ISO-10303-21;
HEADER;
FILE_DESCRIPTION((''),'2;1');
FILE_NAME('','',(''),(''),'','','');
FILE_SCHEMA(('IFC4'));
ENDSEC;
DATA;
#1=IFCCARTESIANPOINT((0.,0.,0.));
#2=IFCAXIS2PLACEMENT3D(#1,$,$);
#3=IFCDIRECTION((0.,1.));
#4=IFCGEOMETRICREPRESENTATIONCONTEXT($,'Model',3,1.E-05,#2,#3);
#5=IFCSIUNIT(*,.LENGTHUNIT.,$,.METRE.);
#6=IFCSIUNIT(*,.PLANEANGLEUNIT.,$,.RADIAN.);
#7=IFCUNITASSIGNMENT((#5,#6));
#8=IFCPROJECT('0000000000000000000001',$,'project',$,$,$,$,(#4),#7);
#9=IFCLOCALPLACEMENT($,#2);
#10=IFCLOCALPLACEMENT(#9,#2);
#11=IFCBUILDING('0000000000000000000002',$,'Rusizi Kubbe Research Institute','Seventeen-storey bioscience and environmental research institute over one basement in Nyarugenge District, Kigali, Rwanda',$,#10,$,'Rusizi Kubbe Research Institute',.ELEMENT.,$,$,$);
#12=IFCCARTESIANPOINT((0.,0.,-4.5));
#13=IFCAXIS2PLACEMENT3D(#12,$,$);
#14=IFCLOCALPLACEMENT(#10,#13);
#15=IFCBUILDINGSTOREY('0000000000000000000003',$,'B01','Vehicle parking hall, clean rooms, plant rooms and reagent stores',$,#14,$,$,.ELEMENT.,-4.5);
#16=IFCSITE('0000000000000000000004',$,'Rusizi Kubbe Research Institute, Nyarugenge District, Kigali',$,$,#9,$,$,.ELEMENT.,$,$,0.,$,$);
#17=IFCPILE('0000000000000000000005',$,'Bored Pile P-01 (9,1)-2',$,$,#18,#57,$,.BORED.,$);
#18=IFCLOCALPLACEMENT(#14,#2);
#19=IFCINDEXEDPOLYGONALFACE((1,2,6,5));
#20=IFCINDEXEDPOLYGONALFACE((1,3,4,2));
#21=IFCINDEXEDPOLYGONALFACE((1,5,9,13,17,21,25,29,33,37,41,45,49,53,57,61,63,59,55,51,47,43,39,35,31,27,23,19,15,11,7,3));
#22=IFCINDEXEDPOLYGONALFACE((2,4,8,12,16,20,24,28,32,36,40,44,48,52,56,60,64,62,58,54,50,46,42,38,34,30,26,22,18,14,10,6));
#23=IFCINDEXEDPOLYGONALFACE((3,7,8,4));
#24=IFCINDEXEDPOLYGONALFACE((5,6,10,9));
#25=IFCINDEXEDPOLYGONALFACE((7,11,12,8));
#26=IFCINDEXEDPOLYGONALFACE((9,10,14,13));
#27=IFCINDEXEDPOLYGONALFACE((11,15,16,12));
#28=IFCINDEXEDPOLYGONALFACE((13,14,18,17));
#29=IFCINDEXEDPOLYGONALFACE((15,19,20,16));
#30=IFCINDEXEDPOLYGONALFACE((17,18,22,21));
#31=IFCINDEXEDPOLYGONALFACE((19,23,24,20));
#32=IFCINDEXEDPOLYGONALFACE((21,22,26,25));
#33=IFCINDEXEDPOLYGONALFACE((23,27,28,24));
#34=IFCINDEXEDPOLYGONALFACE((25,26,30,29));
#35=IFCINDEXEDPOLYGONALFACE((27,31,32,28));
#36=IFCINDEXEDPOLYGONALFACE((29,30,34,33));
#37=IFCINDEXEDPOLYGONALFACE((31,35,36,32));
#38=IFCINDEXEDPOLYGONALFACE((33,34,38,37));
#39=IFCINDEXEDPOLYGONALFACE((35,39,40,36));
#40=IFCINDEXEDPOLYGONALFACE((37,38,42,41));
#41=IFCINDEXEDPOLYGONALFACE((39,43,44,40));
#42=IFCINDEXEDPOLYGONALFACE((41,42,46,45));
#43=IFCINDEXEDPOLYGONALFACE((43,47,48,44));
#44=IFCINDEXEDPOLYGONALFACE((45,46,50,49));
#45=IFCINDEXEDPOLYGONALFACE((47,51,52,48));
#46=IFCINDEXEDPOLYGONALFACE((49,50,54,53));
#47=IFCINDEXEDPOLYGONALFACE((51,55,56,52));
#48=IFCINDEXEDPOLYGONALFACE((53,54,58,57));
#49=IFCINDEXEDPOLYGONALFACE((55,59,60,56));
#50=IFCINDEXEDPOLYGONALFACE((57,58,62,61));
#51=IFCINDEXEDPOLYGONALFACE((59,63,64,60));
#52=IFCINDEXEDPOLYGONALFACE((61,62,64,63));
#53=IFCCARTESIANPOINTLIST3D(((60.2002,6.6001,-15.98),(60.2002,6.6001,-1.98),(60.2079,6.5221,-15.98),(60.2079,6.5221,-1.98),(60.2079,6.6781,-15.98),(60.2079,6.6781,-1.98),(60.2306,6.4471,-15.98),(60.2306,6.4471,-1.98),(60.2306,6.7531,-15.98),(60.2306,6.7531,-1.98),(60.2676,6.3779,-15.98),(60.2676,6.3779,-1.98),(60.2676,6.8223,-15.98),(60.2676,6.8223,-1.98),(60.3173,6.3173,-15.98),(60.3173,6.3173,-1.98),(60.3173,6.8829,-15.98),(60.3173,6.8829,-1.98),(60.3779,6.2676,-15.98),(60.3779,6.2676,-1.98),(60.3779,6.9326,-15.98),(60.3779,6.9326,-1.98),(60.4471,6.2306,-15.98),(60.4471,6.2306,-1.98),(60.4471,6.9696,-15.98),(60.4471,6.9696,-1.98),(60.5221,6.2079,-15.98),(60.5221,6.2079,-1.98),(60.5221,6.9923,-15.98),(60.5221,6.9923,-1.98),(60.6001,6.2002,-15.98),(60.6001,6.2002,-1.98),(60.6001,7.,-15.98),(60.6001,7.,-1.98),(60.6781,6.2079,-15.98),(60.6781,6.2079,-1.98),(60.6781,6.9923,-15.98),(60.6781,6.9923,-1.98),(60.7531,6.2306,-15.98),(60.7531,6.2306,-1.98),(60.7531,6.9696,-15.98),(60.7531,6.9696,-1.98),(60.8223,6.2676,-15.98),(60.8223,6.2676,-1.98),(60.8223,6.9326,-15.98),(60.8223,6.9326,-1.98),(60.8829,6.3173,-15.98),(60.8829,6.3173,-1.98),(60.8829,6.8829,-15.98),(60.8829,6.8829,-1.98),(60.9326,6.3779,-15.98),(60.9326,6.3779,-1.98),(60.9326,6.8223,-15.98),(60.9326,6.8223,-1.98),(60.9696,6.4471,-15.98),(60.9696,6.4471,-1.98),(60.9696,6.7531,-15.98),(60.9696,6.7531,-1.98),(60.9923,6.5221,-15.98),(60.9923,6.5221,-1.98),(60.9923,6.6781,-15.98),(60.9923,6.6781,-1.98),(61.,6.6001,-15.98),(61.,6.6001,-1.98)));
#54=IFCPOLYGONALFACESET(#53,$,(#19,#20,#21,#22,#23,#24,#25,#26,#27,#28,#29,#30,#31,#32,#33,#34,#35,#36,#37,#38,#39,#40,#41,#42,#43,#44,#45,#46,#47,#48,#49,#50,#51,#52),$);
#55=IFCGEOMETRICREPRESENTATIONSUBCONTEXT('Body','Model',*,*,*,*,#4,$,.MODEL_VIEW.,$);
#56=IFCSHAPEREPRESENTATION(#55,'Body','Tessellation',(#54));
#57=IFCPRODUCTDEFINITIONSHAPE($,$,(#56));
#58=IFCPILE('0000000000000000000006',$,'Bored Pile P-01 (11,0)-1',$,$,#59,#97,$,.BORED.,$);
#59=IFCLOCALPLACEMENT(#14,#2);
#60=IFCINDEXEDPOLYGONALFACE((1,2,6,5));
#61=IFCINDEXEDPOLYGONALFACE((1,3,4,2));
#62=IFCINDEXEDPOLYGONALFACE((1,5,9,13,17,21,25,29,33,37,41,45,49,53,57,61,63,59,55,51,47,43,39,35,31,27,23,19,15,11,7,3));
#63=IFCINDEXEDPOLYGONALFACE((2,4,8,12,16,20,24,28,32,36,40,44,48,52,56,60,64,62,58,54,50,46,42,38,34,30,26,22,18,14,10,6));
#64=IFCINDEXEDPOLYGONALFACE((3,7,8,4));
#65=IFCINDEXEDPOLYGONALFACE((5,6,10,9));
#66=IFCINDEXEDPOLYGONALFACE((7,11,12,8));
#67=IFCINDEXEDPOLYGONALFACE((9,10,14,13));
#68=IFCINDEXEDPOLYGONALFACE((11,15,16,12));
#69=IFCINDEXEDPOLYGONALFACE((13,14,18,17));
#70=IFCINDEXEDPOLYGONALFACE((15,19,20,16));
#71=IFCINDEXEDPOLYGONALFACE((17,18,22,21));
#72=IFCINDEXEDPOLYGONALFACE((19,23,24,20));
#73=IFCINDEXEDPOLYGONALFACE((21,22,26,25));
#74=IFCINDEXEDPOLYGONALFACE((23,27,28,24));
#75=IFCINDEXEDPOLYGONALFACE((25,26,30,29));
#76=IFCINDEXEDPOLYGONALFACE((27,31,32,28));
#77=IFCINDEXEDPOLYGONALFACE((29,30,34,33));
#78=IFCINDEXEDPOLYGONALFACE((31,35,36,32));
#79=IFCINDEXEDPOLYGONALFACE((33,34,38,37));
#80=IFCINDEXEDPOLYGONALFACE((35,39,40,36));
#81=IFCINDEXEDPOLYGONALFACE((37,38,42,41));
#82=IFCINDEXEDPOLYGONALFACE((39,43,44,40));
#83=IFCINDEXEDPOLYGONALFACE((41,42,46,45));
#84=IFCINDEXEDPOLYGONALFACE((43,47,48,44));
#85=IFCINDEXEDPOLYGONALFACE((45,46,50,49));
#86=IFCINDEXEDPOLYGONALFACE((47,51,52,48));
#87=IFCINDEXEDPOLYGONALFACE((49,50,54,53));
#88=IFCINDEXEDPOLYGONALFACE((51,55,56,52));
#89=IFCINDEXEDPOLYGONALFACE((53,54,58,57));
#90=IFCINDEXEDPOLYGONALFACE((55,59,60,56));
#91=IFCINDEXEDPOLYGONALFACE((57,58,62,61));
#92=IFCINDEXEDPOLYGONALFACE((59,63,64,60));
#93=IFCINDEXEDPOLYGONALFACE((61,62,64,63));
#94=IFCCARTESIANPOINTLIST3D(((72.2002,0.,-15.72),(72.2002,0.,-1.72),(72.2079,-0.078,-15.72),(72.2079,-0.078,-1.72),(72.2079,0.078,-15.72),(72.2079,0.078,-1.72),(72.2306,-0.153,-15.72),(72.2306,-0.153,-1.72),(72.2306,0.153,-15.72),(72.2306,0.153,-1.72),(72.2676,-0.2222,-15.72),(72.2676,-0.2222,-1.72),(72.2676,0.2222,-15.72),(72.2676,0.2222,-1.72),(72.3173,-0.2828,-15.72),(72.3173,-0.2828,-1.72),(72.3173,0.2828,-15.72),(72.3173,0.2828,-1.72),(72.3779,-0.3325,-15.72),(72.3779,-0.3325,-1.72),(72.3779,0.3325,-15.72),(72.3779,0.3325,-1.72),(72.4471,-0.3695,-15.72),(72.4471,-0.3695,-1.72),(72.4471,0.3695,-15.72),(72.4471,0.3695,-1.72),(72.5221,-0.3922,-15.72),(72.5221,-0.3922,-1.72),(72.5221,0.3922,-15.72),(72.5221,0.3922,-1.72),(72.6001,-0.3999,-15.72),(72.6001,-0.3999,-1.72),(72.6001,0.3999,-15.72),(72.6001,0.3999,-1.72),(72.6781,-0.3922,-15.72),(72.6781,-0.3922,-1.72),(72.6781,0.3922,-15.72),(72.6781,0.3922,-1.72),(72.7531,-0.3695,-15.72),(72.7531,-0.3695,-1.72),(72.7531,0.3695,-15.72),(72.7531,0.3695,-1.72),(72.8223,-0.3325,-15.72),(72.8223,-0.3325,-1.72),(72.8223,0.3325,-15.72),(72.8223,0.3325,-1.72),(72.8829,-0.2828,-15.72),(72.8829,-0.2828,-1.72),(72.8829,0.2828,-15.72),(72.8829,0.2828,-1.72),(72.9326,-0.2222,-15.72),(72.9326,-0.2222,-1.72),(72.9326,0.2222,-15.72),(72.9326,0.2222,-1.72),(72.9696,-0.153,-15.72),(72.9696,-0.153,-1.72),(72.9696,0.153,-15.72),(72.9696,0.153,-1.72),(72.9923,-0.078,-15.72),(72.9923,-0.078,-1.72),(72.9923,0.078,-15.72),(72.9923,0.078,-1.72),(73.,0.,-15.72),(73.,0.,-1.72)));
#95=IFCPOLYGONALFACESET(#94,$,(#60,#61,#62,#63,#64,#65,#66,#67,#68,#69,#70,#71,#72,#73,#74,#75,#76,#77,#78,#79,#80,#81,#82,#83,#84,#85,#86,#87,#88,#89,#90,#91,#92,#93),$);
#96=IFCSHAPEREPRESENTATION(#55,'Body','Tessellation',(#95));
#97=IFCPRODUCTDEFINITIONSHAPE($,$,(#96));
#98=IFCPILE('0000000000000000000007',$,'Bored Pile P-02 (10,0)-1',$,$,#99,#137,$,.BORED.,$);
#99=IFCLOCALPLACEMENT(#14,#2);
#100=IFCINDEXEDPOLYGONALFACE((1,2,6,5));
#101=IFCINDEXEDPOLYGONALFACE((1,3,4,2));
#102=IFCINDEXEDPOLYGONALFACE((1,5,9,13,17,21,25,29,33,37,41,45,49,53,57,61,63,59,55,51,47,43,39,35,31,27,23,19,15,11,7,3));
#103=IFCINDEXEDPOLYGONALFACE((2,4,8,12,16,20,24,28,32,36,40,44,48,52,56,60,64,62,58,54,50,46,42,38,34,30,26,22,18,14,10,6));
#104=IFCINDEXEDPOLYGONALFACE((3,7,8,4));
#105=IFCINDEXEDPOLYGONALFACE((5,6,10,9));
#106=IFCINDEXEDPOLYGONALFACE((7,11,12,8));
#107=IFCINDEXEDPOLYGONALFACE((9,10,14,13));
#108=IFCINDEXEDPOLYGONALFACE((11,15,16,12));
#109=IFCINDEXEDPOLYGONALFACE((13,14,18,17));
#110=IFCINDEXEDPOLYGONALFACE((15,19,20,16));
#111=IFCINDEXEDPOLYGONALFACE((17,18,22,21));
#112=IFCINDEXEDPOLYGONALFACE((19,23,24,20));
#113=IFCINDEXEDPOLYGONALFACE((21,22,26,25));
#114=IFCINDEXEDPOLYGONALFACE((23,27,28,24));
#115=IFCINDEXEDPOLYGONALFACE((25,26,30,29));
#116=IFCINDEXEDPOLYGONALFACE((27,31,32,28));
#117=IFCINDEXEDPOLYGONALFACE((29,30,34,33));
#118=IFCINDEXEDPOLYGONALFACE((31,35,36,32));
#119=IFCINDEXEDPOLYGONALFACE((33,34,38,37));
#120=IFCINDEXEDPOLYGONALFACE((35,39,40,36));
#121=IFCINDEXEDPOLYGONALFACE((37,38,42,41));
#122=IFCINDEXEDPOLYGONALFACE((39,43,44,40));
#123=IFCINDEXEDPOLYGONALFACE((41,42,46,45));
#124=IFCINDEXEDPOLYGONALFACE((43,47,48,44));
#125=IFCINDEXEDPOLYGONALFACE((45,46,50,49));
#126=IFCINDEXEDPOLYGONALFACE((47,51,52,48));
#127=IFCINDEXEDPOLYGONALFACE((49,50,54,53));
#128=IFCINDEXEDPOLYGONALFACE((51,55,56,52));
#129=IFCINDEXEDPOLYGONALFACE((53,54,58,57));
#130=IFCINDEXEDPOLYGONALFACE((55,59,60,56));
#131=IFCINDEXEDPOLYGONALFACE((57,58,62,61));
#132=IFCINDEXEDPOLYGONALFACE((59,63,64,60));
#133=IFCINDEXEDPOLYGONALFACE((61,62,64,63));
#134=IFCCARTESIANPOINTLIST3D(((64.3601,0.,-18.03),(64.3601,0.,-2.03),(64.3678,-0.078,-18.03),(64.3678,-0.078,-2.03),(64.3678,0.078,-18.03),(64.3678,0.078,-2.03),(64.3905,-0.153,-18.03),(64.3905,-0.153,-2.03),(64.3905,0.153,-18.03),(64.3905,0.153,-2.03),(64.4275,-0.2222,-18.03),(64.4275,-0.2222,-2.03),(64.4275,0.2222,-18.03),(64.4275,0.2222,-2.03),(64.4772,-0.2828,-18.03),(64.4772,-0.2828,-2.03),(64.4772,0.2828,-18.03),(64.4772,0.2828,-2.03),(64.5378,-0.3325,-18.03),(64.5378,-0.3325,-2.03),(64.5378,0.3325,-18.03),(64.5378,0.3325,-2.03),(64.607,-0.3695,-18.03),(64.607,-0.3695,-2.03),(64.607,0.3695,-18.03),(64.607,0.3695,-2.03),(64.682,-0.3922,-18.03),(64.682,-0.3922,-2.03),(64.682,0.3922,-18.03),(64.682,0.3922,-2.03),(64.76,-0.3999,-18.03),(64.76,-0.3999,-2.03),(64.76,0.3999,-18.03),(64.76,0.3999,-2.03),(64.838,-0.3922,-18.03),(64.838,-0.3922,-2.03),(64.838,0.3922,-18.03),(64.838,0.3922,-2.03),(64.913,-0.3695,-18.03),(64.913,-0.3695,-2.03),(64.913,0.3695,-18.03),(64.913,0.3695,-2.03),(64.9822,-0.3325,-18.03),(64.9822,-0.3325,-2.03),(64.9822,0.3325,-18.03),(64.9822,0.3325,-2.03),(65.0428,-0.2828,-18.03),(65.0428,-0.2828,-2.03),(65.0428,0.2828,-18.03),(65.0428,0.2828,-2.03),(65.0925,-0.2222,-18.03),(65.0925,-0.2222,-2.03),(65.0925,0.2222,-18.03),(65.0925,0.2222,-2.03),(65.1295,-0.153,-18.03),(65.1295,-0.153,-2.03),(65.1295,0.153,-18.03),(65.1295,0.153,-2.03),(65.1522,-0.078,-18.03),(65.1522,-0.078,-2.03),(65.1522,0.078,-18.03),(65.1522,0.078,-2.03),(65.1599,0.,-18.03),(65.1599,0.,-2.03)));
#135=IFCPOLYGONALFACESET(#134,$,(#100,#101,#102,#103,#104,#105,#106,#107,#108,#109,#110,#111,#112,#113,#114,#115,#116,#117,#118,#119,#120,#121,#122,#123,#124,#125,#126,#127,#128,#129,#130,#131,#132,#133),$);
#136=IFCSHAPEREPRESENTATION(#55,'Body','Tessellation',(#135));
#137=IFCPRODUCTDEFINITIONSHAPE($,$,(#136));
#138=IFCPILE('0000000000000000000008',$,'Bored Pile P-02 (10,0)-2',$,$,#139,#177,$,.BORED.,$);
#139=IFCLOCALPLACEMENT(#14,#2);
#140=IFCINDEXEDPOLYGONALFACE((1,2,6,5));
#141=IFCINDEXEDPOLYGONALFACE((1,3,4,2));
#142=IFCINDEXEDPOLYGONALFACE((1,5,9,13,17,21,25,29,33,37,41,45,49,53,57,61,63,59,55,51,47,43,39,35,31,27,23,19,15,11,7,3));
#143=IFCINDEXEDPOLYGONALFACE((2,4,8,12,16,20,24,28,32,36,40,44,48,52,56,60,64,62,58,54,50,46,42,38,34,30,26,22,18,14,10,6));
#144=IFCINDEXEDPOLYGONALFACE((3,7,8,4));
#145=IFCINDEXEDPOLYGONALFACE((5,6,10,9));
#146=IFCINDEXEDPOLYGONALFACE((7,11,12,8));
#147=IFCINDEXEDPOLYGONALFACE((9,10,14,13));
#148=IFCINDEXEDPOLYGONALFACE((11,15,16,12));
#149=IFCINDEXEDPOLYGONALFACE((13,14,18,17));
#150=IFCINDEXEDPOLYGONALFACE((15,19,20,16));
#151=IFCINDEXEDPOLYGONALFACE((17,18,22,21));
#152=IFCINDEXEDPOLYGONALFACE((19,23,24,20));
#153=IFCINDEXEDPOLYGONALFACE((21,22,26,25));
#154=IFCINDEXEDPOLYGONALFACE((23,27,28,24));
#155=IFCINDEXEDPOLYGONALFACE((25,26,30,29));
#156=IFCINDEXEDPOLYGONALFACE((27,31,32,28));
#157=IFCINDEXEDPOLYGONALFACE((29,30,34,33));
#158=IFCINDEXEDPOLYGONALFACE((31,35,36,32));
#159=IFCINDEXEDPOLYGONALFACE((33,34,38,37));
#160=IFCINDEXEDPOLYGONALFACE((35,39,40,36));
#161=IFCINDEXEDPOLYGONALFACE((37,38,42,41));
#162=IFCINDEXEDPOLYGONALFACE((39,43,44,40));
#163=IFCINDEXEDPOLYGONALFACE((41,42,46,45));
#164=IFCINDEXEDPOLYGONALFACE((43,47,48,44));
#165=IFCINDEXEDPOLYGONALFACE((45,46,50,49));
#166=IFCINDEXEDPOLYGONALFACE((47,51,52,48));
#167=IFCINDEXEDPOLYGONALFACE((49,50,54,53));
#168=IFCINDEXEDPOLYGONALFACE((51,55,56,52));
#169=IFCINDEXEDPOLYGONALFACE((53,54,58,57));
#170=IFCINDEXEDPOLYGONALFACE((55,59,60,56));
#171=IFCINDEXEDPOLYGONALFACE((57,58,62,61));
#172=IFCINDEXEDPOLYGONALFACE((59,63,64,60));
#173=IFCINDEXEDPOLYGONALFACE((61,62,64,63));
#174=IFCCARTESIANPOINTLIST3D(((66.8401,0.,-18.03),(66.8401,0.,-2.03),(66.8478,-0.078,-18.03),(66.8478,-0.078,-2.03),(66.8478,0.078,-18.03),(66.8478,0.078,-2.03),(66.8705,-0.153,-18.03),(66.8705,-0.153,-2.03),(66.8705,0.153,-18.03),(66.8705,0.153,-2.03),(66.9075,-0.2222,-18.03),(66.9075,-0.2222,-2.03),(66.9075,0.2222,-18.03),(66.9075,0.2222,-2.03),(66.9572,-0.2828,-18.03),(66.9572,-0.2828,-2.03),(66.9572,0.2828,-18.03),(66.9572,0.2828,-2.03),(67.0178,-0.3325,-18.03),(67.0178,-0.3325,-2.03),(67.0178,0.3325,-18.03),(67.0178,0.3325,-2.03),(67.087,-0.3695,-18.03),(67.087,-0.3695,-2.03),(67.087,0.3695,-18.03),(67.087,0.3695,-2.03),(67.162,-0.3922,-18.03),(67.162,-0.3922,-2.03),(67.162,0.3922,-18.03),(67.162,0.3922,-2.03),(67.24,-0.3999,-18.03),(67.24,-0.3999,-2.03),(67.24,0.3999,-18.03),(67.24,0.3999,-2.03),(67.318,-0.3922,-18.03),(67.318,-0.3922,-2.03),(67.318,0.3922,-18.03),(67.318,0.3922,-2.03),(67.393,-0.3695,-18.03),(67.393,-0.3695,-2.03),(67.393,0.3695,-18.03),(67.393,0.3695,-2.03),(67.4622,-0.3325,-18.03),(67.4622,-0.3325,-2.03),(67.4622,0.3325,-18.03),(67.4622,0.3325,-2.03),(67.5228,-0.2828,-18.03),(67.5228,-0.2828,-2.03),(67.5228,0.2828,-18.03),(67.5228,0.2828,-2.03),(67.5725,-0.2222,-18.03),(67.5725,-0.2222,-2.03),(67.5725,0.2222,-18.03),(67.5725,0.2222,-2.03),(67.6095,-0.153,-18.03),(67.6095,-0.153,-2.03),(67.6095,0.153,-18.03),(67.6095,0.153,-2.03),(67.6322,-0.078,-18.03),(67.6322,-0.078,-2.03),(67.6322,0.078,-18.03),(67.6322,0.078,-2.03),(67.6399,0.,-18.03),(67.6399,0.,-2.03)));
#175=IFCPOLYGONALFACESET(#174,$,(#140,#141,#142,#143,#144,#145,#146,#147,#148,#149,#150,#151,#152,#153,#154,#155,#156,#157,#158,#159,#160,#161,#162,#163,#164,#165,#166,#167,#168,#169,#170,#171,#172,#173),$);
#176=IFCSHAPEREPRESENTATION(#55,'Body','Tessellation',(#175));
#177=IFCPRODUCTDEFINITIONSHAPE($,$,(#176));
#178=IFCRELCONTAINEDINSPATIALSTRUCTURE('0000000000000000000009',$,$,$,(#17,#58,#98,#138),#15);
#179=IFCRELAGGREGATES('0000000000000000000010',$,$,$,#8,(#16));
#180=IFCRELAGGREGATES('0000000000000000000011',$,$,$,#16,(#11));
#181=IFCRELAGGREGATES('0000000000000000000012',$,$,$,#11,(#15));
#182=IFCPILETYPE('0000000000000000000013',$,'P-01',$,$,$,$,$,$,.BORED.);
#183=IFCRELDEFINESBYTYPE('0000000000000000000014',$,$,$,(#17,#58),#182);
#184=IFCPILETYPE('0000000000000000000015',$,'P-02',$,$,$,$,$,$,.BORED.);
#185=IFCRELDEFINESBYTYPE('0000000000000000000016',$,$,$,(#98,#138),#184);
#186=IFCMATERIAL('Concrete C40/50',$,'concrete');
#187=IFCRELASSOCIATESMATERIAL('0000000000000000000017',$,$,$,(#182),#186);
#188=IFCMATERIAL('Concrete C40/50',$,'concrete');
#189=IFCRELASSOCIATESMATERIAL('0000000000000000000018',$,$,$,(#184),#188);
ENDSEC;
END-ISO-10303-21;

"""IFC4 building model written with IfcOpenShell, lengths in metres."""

from ifc_helpers import new_model, si_unit, direction, frame, origin, origin_2d, place, context, subcontext, project, spatial, circle, extrude, material, material_profile, profile_set, type_object, element, save


model = new_model("IFC4")

# Units and contexts
model_context = context("Model", 3, precision=1e-05, world=origin(), true_north=direction((0.0, 1.0)))
body_context = subcontext(model_context, "Body", "Model", "MODEL_VIEW")
ifc_project = project(units=[si_unit("LENGTHUNIT", "METRE"), si_unit("PLANEANGLEUNIT", "RADIAN")], contexts=[model_context])

# Site, building, storey
site_placement = place(None, origin())
site = spatial("IfcSite", under=ifc_project, at=site_placement, Name="Rusizi Kubbe Research Institute, Nyarugenge District, Kigali", CompositionType="ELEMENT", RefElevation=0.0)
building_placement = place(site_placement, origin())
building = spatial("IfcBuilding", under=site, at=building_placement, Name="Rusizi Kubbe Research Institute", Description="Seventeen-storey bioscience and environmental research institute over one basement in Nyarugenge District, Kigali, Rwanda", LongName="Rusizi Kubbe Research Institute", CompositionType="ELEMENT")
storey_placement = place(building_placement, frame((0.0, 0.0, -4.5)))
storey = spatial("IfcBuildingStorey", under=building, at=storey_placement, Name="B01", Description="Vehicle parking hall, clean rooms, plant rooms and reagent stores", CompositionType="ELEMENT", Elevation=-4.5)

# Piles
ifc_material_1 = material(Name="Concrete C40/50", Category="concrete")
ifc_material_profile_1 = material_profile(ifc_material_1, circle(Radius=0.3999, at=origin_2d()), Name="PILE-D800")
ifc_profile_set_1 = profile_set([ifc_material_profile_1], Name="Concrete C40/50")
pile_type_1 = type_object("IfcPileType", Name="P-01", PredefinedType="BORED", material=ifc_profile_set_1)
for number, where, z_axis, x_axis, name in (
    (1, (60.6001, 6.6001, -1.98), (0.0, 0.0, -1.0), (1.0, 0.0, 0.0), "Bored Pile P-01 (9,1)-2"),
    (2, (72.6001, 0.0, -1.72), (0.0, 0.0, -1.0), (1.0, 0.0, 0.0), "Bored Pile P-01 (11,0)-1"),
):
    element("IfcPile", number, at=place(storey_placement, frame(where, z_axis=z_axis, x_axis=x_axis)), inside=storey, type_object=pile_type_1, Name=name, PredefinedType="BORED", context=body_context, shape_type="SweptSolid", body=[
        extrude(circle(Radius=0.3999, at=origin_2d()), origin(), (0.0, 0.0, 1.0), 14.0),
    ])
ifc_material_2 = material(Name="Concrete C40/50", Category="concrete")
ifc_material_profile_2 = material_profile(ifc_material_2, circle(Radius=0.3999, at=origin_2d()), Name="PILE-D800")
ifc_profile_set_2 = profile_set([ifc_material_profile_2], Name="Concrete C40/50")
pile_type_2 = type_object("IfcPileType", Name="P-02", PredefinedType="BORED", material=ifc_profile_set_2)
for number, where, z_axis, x_axis, name in (
    (3, (64.76, 0.0, -2.03), (0.0, 0.0, -1.0), (1.0, 0.0, 0.0), "Bored Pile P-02 (10,0)-1"),
    (4, (67.24, 0.0, -2.03), (0.0, 0.0, -1.0), (1.0, 0.0, 0.0), "Bored Pile P-02 (10,0)-2"),
):
    element("IfcPile", number, at=place(storey_placement, frame(where, z_axis=z_axis, x_axis=x_axis)), inside=storey, type_object=pile_type_2, Name=name, PredefinedType="BORED", context=body_context, shape_type="SweptSolid", body=[
        extrude(circle(Radius=0.3999, at=origin_2d()), origin(), (0.0, 0.0, 1.0), 16.0),
    ])

save(model, "model.ifc")
